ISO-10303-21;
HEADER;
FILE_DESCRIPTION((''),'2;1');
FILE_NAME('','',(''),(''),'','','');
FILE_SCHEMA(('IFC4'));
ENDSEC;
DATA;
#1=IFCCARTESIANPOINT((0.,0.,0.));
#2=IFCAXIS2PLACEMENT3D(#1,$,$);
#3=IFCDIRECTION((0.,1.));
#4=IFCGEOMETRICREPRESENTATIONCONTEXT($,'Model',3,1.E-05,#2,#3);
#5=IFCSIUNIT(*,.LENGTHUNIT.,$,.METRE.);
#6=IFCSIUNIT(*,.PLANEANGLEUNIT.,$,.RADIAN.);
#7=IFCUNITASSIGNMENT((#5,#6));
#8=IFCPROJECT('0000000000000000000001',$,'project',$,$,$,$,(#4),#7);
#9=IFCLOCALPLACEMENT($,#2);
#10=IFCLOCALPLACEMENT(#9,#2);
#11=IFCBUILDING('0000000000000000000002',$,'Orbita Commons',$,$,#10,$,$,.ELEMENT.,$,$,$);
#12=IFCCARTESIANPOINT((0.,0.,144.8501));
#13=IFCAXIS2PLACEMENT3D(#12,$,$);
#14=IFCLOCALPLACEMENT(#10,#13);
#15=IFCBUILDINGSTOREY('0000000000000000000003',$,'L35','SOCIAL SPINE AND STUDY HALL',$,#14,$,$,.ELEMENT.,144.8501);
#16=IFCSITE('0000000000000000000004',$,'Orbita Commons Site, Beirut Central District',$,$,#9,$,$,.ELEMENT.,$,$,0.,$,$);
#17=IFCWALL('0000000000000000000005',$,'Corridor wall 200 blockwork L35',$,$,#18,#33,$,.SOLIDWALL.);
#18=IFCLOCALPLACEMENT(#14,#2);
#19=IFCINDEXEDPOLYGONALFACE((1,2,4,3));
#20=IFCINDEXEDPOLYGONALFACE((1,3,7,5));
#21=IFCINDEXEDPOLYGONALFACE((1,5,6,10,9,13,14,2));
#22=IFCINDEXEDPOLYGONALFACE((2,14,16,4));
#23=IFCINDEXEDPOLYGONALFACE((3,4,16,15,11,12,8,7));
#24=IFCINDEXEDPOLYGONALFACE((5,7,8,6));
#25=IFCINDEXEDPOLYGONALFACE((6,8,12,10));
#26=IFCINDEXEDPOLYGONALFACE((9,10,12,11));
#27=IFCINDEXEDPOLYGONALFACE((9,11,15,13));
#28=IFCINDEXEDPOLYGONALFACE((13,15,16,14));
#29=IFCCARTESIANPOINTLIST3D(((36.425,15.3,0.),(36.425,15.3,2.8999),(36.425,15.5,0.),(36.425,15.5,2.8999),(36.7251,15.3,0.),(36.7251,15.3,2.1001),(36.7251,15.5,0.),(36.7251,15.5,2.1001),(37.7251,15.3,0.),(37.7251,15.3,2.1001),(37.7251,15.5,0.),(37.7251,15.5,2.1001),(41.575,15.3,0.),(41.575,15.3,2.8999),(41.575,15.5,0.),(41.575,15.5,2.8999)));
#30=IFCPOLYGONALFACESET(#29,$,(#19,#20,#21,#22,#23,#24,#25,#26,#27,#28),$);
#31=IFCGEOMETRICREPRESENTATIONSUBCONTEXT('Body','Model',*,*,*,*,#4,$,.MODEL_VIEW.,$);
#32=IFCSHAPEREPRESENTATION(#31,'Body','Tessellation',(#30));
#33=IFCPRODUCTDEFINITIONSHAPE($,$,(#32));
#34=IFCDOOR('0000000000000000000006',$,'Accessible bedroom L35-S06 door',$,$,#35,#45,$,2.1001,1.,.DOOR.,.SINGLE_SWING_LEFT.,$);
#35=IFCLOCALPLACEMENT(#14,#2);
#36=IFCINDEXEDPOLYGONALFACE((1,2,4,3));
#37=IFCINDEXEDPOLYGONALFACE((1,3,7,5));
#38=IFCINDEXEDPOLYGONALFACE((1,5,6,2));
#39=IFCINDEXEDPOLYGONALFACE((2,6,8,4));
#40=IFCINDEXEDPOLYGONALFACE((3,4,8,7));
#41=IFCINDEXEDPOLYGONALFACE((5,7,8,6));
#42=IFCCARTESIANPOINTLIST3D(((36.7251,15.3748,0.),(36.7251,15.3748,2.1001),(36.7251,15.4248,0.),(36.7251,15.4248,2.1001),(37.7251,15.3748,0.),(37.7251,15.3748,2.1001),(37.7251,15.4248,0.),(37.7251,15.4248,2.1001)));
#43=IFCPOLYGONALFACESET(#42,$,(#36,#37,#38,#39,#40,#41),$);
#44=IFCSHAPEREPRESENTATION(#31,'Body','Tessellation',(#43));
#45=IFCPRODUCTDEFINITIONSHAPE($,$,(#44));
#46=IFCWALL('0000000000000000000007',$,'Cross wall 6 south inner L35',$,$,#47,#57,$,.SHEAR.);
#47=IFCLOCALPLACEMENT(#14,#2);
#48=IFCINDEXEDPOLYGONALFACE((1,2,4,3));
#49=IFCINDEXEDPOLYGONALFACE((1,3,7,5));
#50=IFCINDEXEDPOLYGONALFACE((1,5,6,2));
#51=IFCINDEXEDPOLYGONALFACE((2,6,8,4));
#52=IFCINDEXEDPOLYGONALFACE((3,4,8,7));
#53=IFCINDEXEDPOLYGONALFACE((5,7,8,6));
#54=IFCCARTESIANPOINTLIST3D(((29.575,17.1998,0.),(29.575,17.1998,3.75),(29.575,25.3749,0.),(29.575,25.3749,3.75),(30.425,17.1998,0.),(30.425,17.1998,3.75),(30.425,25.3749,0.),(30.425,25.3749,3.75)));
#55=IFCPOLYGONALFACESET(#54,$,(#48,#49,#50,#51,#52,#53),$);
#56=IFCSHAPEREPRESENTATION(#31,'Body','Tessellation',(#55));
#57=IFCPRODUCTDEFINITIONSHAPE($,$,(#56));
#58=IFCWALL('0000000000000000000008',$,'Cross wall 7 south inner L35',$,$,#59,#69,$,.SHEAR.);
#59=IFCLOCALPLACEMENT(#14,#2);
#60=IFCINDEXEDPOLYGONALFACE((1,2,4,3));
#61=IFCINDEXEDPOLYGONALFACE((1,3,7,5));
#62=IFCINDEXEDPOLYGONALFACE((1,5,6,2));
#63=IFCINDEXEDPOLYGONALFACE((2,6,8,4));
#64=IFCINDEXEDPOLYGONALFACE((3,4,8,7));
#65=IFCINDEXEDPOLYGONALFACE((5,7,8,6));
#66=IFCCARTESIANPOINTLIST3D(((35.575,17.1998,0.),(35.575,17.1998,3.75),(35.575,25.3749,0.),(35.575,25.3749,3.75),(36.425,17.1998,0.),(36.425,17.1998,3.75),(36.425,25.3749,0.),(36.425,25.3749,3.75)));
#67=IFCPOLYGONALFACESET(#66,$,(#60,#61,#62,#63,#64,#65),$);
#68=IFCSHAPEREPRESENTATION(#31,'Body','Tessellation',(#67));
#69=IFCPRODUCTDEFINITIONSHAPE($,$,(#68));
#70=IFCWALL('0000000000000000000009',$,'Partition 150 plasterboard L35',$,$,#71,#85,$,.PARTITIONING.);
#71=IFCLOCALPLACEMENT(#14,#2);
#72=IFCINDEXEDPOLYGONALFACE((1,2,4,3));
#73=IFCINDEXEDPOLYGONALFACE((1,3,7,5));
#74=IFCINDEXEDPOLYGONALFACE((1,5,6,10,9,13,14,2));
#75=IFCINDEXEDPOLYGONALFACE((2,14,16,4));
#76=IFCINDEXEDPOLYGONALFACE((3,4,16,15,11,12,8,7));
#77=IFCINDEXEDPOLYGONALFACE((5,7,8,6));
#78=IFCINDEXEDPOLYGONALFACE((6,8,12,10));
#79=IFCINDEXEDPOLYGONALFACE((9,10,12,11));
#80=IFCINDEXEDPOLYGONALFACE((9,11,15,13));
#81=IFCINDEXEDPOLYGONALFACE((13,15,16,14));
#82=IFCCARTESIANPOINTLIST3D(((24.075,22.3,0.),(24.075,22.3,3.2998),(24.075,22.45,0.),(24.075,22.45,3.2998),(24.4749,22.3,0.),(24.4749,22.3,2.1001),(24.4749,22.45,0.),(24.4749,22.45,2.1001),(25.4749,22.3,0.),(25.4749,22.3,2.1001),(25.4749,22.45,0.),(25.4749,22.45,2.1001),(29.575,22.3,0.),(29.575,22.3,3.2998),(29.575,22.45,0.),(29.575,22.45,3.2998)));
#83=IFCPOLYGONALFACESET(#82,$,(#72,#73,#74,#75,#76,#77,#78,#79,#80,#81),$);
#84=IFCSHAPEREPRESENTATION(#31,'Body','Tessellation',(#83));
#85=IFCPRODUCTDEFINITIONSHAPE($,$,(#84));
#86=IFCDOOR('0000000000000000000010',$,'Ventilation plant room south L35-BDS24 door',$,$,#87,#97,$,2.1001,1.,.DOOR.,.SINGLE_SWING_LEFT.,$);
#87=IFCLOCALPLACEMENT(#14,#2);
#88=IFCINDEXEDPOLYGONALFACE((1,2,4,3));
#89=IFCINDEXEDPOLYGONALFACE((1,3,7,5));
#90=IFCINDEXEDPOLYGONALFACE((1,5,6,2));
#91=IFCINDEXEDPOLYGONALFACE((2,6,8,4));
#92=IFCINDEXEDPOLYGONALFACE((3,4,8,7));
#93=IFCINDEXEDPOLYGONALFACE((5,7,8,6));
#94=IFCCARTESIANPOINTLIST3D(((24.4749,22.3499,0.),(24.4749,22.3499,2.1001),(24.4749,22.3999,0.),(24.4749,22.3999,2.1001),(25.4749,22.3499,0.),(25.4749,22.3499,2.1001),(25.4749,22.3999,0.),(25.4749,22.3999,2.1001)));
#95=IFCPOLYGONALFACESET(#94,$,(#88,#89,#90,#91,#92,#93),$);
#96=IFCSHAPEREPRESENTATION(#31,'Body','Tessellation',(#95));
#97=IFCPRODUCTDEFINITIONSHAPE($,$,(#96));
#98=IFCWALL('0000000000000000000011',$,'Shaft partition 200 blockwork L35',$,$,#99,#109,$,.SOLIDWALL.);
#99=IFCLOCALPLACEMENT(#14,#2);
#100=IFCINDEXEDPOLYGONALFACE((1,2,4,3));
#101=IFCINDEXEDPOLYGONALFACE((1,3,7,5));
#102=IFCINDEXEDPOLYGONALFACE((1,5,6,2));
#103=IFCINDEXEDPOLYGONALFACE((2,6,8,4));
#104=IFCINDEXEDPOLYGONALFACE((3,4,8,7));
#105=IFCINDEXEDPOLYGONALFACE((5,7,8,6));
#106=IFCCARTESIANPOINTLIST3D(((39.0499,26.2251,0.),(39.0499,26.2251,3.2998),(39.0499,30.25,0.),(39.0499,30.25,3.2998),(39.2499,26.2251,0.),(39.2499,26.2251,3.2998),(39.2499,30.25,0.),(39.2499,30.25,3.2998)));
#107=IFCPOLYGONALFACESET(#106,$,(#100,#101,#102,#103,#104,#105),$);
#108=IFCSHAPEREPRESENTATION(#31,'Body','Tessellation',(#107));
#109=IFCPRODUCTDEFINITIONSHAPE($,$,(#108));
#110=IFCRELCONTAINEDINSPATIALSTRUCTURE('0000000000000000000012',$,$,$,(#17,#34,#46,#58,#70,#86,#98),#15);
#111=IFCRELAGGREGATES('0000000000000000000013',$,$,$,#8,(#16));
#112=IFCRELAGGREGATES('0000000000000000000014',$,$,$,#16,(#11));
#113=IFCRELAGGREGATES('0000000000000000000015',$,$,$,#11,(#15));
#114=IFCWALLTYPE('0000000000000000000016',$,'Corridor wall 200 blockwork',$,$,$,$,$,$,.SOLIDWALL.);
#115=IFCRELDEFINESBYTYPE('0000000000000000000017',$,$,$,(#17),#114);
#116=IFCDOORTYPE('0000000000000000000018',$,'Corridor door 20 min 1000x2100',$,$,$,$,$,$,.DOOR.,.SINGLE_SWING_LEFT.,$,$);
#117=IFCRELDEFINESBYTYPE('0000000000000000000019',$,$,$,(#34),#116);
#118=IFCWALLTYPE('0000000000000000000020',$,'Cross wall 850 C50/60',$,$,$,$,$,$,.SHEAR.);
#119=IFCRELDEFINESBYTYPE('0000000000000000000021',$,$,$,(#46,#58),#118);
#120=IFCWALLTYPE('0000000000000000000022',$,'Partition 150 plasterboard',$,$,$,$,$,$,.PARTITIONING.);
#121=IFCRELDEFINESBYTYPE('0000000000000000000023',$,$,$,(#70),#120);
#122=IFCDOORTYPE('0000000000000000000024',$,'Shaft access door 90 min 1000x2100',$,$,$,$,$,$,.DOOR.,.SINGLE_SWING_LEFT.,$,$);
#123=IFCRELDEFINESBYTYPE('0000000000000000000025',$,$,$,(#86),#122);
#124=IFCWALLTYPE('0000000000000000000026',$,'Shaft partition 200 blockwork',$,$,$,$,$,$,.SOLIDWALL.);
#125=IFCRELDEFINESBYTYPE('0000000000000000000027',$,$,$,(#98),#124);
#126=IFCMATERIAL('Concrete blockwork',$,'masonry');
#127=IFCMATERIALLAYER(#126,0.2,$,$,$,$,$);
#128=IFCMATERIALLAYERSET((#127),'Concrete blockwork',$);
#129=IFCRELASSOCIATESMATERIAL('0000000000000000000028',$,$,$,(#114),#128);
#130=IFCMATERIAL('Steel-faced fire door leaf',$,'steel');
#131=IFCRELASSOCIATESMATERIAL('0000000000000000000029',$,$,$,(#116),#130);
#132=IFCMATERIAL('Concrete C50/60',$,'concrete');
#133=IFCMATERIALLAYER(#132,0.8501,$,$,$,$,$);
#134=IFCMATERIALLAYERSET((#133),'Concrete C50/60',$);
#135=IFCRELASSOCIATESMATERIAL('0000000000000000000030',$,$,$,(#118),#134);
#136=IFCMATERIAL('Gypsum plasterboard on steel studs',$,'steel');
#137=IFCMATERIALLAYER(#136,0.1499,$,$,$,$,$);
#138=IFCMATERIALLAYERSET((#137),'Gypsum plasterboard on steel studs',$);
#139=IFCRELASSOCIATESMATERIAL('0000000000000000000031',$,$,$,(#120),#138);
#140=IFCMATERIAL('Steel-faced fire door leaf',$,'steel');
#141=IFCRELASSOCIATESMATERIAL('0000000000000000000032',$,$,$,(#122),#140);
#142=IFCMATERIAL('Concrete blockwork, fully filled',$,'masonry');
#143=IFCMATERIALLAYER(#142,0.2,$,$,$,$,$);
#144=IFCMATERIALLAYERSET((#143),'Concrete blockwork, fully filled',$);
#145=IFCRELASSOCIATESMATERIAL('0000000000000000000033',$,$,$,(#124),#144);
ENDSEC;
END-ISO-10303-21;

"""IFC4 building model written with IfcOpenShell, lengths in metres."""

from ifc_helpers import new_model, si_unit, direction, frame, frame_2d, origin, place, context, subcontext, project, spatial, polyline, rectangle, outline, extrude, material, layer, layer_set, type_object, element, fill, save


model = new_model("IFC4")

# Units and contexts
model_context = context("Model", 3, precision=1e-05, world=origin(), true_north=direction((0.0, 1.0)))
body_context = subcontext(model_context, "Body", "Model", "MODEL_VIEW")
ifc_project = project(units=[si_unit("LENGTHUNIT", "METRE"), si_unit("PLANEANGLEUNIT", "RADIAN")], contexts=[model_context])

# Site, building, storey
site_placement = place(None, origin())
site = spatial("IfcSite", under=ifc_project, at=site_placement, Name="Orbita Commons Site, Beirut Central District", CompositionType="ELEMENT", RefElevation=0.0)
building_placement = place(site_placement, origin())
building = spatial("IfcBuilding", under=site, at=building_placement, Name="Orbita Commons", CompositionType="ELEMENT")
storey_placement = place(building_placement, frame((0.0, 0.0, 144.8501)))
storey = spatial("IfcBuildingStorey", under=building, at=storey_placement, Name="L35", Description="SOCIAL SPINE AND STUDY HALL", CompositionType="ELEMENT", Elevation=144.8501)

# Wall, opening, door
ifc_material_1 = material(Name="Concrete blockwork", Category="masonry")
ifc_layer_1 = layer(ifc_material_1, 0.2)
ifc_layer_set_1 = layer_set([ifc_layer_1], Name="Concrete blockwork")
wall_type_1 = type_object("IfcWallType", Name="Corridor wall 200 blockwork", PredefinedType="SOLIDWALL", material=ifc_layer_set_1)
wall_1_placement = place(storey_placement, frame((36.425, 15.3999, 0.0), z_axis=(0.0, 0.0, 1.0), x_axis=(1.0, 0.0, 0.0)))
wall_1 = element("IfcWall", 1, at=wall_1_placement, inside=storey, type_object=wall_type_1, Name="Corridor wall 200 blockwork L35", PredefinedType="SOLIDWALL", context=body_context, shape_type="SweptSolid", body=[
    extrude(outline(polyline([(0.0, 0.0), (5.1499, 0.0), (5.1499, 2.8999), (0.0, 2.8999), (0.0, 0.0)])), frame((0.0, 0.1001, 0.0), z_axis=(0.0, -1.0, 0.0), x_axis=(1.0, 0.0, 0.0)), (0.0, 0.0, 1.0), 0.2),
])
opening_1_placement = place(wall_1_placement, frame((0.3, 0.0, 0.0)))
opening_1 = element("IfcOpeningElement", 2, at=opening_1_placement, cuts=wall_1, PredefinedType="OPENING", context=body_context, shape_type="SweptSolid", body=[
    extrude(rectangle(XDim=1.0, YDim=2.1001, at=frame_2d((0.5, 1.05))), frame((0.0, 0.1099, 0.0), z_axis=(0.0, -1.0, 0.0), x_axis=(1.0, 0.0, 0.0)), (0.0, 0.0, 1.0), 0.22),
])
ifc_material_2 = material(Name="Steel-faced fire door leaf", Category="steel")
door_type_1 = type_object("IfcDoorType", Name="Corridor door 20 min 1000x2100", OperationType="SINGLE_SWING_LEFT", PredefinedType="DOOR", material=ifc_material_2)
door_1_placement = place(opening_1_placement, origin())
door_1 = element("IfcDoor", 3, at=door_1_placement, inside=storey, type_object=door_type_1, Name="Accessible bedroom L35-S06 door", OperationType="SINGLE_SWING_LEFT", OverallHeight=2.1001, OverallWidth=1.0, PredefinedType="DOOR", context=body_context, shape_type="SweptSolid", body=[
    extrude(rectangle(XDim=1.0, YDim=2.1001, at=frame_2d((0.5, 1.05))), frame((0.0, 0.0249, 0.0), z_axis=(0.0, -1.0, 0.0), x_axis=(1.0, 0.0, 0.0)), (0.0, 0.0, 1.0), 0.05),
])
fill(opening_1, door_1)

# Walls
ifc_material_3 = material(Name="Concrete C50/60", Category="concrete")
ifc_layer_2 = layer(ifc_material_3, 0.8501)
ifc_layer_set_2 = layer_set([ifc_layer_2], Name="Concrete C50/60")
wall_type_2 = type_object("IfcWallType", Name="Cross wall 850 C50/60", PredefinedType="SHEAR", material=ifc_layer_set_2)
for number, where, z_axis, x_axis, name in (
    (4, (30.0, 17.2, 0.0), (0.0, 0.0, 1.0), (0.0, 1.0, 0.0), "Cross wall 6 south inner L35"),
    (5, (36.0, 17.2, 0.0), (0.0, 0.0, 1.0), (0.0, 1.0, 0.0), "Cross wall 7 south inner L35"),
):
    element("IfcWall", number, at=place(storey_placement, frame(where, z_axis=z_axis, x_axis=x_axis)), inside=storey, type_object=wall_type_2, Name=name, PredefinedType="SHEAR", context=body_context, shape_type="SweptSolid", body=[
        extrude(rectangle(XDim=8.175, YDim=0.8501, at=frame_2d((4.0874, 0.0))), origin(), (0.0, 0.0, 1.0), 3.75),
    ])

# Wall, opening, door
ifc_material_4 = material(Name="Gypsum plasterboard on steel studs", Category="steel")
ifc_layer_3 = layer(ifc_material_4, 0.1499)
ifc_layer_set_3 = layer_set([ifc_layer_3], Name="Gypsum plasterboard on steel studs")
wall_type_3 = type_object("IfcWallType", Name="Partition 150 plasterboard", PredefinedType="PARTITIONING", material=ifc_layer_set_3)
wall_2_placement = place(storey_placement, frame((24.075, 22.375, 0.0), z_axis=(0.0, 0.0, 1.0), x_axis=(1.0, 0.0, 0.0)))
wall_2 = element("IfcWall", 6, at=wall_2_placement, inside=storey, type_object=wall_type_3, Name="Partition 150 plasterboard L35", PredefinedType="PARTITIONING", context=body_context, shape_type="SweptSolid", body=[
    extrude(rectangle(XDim=5.5, YDim=0.1499, at=frame_2d((2.75, 0.0))), origin(), (0.0, 0.0, 1.0), 3.2998),
])
opening_2_placement = place(wall_2_placement, frame((0.3999, 0.0, 0.0)))
opening_2 = element("IfcOpeningElement", 7, at=opening_2_placement, cuts=wall_2, PredefinedType="OPENING", context=body_context, shape_type="SweptSolid", body=[
    extrude(rectangle(XDim=1.0, YDim=2.1001, at=frame_2d((0.5, 1.05))), frame((0.0, 0.085, 0.0), z_axis=(0.0, -1.0, 0.0), x_axis=(1.0, 0.0, 0.0)), (0.0, 0.0, 1.0), 0.1699),
])
ifc_material_5 = material(Name="Steel-faced fire door leaf", Category="steel")
door_type_2 = type_object("IfcDoorType", Name="Shaft access door 90 min 1000x2100", OperationType="SINGLE_SWING_LEFT", PredefinedType="DOOR", material=ifc_material_5)
door_2_placement = place(opening_2_placement, origin())
door_2 = element("IfcDoor", 8, at=door_2_placement, inside=storey, type_object=door_type_2, Name="Ventilation plant room south L35-BDS24 door", OperationType="SINGLE_SWING_LEFT", OverallHeight=2.1001, OverallWidth=1.0, PredefinedType="DOOR", context=body_context, shape_type="SweptSolid", body=[
    extrude(rectangle(XDim=1.0, YDim=2.1001, at=frame_2d((0.5, 1.05))), frame((0.0, 0.0249, 0.0), z_axis=(0.0, -1.0, 0.0), x_axis=(1.0, 0.0, 0.0)), (0.0, 0.0, 1.0), 0.05),
])
fill(opening_2, door_2)

# Wall
ifc_material_6 = material(Name="Concrete blockwork, fully filled", Category="masonry")
ifc_layer_4 = layer(ifc_material_6, 0.2)
ifc_layer_set_4 = layer_set([ifc_layer_4], Name="Concrete blockwork, fully filled")
wall_type_4 = type_object("IfcWallType", Name="Shaft partition 200 blockwork", PredefinedType="SOLIDWALL", material=ifc_layer_set_4)
wall_3_placement = place(storey_placement, frame((39.1499, 26.2251, 0.0), z_axis=(0.0, 0.0, 1.0), x_axis=(0.0, 1.0, 0.0)))
element("IfcWall", 9, at=wall_3_placement, inside=storey, type_object=wall_type_4, Name="Shaft partition 200 blockwork L35", PredefinedType="SOLIDWALL", context=body_context, shape_type="SweptSolid", body=[
    extrude(rectangle(XDim=4.0249, YDim=0.2, at=frame_2d((2.0125, 0.0))), origin(), (0.0, 0.0, 1.0), 3.2998),
])

save(model, "model.ifc")
